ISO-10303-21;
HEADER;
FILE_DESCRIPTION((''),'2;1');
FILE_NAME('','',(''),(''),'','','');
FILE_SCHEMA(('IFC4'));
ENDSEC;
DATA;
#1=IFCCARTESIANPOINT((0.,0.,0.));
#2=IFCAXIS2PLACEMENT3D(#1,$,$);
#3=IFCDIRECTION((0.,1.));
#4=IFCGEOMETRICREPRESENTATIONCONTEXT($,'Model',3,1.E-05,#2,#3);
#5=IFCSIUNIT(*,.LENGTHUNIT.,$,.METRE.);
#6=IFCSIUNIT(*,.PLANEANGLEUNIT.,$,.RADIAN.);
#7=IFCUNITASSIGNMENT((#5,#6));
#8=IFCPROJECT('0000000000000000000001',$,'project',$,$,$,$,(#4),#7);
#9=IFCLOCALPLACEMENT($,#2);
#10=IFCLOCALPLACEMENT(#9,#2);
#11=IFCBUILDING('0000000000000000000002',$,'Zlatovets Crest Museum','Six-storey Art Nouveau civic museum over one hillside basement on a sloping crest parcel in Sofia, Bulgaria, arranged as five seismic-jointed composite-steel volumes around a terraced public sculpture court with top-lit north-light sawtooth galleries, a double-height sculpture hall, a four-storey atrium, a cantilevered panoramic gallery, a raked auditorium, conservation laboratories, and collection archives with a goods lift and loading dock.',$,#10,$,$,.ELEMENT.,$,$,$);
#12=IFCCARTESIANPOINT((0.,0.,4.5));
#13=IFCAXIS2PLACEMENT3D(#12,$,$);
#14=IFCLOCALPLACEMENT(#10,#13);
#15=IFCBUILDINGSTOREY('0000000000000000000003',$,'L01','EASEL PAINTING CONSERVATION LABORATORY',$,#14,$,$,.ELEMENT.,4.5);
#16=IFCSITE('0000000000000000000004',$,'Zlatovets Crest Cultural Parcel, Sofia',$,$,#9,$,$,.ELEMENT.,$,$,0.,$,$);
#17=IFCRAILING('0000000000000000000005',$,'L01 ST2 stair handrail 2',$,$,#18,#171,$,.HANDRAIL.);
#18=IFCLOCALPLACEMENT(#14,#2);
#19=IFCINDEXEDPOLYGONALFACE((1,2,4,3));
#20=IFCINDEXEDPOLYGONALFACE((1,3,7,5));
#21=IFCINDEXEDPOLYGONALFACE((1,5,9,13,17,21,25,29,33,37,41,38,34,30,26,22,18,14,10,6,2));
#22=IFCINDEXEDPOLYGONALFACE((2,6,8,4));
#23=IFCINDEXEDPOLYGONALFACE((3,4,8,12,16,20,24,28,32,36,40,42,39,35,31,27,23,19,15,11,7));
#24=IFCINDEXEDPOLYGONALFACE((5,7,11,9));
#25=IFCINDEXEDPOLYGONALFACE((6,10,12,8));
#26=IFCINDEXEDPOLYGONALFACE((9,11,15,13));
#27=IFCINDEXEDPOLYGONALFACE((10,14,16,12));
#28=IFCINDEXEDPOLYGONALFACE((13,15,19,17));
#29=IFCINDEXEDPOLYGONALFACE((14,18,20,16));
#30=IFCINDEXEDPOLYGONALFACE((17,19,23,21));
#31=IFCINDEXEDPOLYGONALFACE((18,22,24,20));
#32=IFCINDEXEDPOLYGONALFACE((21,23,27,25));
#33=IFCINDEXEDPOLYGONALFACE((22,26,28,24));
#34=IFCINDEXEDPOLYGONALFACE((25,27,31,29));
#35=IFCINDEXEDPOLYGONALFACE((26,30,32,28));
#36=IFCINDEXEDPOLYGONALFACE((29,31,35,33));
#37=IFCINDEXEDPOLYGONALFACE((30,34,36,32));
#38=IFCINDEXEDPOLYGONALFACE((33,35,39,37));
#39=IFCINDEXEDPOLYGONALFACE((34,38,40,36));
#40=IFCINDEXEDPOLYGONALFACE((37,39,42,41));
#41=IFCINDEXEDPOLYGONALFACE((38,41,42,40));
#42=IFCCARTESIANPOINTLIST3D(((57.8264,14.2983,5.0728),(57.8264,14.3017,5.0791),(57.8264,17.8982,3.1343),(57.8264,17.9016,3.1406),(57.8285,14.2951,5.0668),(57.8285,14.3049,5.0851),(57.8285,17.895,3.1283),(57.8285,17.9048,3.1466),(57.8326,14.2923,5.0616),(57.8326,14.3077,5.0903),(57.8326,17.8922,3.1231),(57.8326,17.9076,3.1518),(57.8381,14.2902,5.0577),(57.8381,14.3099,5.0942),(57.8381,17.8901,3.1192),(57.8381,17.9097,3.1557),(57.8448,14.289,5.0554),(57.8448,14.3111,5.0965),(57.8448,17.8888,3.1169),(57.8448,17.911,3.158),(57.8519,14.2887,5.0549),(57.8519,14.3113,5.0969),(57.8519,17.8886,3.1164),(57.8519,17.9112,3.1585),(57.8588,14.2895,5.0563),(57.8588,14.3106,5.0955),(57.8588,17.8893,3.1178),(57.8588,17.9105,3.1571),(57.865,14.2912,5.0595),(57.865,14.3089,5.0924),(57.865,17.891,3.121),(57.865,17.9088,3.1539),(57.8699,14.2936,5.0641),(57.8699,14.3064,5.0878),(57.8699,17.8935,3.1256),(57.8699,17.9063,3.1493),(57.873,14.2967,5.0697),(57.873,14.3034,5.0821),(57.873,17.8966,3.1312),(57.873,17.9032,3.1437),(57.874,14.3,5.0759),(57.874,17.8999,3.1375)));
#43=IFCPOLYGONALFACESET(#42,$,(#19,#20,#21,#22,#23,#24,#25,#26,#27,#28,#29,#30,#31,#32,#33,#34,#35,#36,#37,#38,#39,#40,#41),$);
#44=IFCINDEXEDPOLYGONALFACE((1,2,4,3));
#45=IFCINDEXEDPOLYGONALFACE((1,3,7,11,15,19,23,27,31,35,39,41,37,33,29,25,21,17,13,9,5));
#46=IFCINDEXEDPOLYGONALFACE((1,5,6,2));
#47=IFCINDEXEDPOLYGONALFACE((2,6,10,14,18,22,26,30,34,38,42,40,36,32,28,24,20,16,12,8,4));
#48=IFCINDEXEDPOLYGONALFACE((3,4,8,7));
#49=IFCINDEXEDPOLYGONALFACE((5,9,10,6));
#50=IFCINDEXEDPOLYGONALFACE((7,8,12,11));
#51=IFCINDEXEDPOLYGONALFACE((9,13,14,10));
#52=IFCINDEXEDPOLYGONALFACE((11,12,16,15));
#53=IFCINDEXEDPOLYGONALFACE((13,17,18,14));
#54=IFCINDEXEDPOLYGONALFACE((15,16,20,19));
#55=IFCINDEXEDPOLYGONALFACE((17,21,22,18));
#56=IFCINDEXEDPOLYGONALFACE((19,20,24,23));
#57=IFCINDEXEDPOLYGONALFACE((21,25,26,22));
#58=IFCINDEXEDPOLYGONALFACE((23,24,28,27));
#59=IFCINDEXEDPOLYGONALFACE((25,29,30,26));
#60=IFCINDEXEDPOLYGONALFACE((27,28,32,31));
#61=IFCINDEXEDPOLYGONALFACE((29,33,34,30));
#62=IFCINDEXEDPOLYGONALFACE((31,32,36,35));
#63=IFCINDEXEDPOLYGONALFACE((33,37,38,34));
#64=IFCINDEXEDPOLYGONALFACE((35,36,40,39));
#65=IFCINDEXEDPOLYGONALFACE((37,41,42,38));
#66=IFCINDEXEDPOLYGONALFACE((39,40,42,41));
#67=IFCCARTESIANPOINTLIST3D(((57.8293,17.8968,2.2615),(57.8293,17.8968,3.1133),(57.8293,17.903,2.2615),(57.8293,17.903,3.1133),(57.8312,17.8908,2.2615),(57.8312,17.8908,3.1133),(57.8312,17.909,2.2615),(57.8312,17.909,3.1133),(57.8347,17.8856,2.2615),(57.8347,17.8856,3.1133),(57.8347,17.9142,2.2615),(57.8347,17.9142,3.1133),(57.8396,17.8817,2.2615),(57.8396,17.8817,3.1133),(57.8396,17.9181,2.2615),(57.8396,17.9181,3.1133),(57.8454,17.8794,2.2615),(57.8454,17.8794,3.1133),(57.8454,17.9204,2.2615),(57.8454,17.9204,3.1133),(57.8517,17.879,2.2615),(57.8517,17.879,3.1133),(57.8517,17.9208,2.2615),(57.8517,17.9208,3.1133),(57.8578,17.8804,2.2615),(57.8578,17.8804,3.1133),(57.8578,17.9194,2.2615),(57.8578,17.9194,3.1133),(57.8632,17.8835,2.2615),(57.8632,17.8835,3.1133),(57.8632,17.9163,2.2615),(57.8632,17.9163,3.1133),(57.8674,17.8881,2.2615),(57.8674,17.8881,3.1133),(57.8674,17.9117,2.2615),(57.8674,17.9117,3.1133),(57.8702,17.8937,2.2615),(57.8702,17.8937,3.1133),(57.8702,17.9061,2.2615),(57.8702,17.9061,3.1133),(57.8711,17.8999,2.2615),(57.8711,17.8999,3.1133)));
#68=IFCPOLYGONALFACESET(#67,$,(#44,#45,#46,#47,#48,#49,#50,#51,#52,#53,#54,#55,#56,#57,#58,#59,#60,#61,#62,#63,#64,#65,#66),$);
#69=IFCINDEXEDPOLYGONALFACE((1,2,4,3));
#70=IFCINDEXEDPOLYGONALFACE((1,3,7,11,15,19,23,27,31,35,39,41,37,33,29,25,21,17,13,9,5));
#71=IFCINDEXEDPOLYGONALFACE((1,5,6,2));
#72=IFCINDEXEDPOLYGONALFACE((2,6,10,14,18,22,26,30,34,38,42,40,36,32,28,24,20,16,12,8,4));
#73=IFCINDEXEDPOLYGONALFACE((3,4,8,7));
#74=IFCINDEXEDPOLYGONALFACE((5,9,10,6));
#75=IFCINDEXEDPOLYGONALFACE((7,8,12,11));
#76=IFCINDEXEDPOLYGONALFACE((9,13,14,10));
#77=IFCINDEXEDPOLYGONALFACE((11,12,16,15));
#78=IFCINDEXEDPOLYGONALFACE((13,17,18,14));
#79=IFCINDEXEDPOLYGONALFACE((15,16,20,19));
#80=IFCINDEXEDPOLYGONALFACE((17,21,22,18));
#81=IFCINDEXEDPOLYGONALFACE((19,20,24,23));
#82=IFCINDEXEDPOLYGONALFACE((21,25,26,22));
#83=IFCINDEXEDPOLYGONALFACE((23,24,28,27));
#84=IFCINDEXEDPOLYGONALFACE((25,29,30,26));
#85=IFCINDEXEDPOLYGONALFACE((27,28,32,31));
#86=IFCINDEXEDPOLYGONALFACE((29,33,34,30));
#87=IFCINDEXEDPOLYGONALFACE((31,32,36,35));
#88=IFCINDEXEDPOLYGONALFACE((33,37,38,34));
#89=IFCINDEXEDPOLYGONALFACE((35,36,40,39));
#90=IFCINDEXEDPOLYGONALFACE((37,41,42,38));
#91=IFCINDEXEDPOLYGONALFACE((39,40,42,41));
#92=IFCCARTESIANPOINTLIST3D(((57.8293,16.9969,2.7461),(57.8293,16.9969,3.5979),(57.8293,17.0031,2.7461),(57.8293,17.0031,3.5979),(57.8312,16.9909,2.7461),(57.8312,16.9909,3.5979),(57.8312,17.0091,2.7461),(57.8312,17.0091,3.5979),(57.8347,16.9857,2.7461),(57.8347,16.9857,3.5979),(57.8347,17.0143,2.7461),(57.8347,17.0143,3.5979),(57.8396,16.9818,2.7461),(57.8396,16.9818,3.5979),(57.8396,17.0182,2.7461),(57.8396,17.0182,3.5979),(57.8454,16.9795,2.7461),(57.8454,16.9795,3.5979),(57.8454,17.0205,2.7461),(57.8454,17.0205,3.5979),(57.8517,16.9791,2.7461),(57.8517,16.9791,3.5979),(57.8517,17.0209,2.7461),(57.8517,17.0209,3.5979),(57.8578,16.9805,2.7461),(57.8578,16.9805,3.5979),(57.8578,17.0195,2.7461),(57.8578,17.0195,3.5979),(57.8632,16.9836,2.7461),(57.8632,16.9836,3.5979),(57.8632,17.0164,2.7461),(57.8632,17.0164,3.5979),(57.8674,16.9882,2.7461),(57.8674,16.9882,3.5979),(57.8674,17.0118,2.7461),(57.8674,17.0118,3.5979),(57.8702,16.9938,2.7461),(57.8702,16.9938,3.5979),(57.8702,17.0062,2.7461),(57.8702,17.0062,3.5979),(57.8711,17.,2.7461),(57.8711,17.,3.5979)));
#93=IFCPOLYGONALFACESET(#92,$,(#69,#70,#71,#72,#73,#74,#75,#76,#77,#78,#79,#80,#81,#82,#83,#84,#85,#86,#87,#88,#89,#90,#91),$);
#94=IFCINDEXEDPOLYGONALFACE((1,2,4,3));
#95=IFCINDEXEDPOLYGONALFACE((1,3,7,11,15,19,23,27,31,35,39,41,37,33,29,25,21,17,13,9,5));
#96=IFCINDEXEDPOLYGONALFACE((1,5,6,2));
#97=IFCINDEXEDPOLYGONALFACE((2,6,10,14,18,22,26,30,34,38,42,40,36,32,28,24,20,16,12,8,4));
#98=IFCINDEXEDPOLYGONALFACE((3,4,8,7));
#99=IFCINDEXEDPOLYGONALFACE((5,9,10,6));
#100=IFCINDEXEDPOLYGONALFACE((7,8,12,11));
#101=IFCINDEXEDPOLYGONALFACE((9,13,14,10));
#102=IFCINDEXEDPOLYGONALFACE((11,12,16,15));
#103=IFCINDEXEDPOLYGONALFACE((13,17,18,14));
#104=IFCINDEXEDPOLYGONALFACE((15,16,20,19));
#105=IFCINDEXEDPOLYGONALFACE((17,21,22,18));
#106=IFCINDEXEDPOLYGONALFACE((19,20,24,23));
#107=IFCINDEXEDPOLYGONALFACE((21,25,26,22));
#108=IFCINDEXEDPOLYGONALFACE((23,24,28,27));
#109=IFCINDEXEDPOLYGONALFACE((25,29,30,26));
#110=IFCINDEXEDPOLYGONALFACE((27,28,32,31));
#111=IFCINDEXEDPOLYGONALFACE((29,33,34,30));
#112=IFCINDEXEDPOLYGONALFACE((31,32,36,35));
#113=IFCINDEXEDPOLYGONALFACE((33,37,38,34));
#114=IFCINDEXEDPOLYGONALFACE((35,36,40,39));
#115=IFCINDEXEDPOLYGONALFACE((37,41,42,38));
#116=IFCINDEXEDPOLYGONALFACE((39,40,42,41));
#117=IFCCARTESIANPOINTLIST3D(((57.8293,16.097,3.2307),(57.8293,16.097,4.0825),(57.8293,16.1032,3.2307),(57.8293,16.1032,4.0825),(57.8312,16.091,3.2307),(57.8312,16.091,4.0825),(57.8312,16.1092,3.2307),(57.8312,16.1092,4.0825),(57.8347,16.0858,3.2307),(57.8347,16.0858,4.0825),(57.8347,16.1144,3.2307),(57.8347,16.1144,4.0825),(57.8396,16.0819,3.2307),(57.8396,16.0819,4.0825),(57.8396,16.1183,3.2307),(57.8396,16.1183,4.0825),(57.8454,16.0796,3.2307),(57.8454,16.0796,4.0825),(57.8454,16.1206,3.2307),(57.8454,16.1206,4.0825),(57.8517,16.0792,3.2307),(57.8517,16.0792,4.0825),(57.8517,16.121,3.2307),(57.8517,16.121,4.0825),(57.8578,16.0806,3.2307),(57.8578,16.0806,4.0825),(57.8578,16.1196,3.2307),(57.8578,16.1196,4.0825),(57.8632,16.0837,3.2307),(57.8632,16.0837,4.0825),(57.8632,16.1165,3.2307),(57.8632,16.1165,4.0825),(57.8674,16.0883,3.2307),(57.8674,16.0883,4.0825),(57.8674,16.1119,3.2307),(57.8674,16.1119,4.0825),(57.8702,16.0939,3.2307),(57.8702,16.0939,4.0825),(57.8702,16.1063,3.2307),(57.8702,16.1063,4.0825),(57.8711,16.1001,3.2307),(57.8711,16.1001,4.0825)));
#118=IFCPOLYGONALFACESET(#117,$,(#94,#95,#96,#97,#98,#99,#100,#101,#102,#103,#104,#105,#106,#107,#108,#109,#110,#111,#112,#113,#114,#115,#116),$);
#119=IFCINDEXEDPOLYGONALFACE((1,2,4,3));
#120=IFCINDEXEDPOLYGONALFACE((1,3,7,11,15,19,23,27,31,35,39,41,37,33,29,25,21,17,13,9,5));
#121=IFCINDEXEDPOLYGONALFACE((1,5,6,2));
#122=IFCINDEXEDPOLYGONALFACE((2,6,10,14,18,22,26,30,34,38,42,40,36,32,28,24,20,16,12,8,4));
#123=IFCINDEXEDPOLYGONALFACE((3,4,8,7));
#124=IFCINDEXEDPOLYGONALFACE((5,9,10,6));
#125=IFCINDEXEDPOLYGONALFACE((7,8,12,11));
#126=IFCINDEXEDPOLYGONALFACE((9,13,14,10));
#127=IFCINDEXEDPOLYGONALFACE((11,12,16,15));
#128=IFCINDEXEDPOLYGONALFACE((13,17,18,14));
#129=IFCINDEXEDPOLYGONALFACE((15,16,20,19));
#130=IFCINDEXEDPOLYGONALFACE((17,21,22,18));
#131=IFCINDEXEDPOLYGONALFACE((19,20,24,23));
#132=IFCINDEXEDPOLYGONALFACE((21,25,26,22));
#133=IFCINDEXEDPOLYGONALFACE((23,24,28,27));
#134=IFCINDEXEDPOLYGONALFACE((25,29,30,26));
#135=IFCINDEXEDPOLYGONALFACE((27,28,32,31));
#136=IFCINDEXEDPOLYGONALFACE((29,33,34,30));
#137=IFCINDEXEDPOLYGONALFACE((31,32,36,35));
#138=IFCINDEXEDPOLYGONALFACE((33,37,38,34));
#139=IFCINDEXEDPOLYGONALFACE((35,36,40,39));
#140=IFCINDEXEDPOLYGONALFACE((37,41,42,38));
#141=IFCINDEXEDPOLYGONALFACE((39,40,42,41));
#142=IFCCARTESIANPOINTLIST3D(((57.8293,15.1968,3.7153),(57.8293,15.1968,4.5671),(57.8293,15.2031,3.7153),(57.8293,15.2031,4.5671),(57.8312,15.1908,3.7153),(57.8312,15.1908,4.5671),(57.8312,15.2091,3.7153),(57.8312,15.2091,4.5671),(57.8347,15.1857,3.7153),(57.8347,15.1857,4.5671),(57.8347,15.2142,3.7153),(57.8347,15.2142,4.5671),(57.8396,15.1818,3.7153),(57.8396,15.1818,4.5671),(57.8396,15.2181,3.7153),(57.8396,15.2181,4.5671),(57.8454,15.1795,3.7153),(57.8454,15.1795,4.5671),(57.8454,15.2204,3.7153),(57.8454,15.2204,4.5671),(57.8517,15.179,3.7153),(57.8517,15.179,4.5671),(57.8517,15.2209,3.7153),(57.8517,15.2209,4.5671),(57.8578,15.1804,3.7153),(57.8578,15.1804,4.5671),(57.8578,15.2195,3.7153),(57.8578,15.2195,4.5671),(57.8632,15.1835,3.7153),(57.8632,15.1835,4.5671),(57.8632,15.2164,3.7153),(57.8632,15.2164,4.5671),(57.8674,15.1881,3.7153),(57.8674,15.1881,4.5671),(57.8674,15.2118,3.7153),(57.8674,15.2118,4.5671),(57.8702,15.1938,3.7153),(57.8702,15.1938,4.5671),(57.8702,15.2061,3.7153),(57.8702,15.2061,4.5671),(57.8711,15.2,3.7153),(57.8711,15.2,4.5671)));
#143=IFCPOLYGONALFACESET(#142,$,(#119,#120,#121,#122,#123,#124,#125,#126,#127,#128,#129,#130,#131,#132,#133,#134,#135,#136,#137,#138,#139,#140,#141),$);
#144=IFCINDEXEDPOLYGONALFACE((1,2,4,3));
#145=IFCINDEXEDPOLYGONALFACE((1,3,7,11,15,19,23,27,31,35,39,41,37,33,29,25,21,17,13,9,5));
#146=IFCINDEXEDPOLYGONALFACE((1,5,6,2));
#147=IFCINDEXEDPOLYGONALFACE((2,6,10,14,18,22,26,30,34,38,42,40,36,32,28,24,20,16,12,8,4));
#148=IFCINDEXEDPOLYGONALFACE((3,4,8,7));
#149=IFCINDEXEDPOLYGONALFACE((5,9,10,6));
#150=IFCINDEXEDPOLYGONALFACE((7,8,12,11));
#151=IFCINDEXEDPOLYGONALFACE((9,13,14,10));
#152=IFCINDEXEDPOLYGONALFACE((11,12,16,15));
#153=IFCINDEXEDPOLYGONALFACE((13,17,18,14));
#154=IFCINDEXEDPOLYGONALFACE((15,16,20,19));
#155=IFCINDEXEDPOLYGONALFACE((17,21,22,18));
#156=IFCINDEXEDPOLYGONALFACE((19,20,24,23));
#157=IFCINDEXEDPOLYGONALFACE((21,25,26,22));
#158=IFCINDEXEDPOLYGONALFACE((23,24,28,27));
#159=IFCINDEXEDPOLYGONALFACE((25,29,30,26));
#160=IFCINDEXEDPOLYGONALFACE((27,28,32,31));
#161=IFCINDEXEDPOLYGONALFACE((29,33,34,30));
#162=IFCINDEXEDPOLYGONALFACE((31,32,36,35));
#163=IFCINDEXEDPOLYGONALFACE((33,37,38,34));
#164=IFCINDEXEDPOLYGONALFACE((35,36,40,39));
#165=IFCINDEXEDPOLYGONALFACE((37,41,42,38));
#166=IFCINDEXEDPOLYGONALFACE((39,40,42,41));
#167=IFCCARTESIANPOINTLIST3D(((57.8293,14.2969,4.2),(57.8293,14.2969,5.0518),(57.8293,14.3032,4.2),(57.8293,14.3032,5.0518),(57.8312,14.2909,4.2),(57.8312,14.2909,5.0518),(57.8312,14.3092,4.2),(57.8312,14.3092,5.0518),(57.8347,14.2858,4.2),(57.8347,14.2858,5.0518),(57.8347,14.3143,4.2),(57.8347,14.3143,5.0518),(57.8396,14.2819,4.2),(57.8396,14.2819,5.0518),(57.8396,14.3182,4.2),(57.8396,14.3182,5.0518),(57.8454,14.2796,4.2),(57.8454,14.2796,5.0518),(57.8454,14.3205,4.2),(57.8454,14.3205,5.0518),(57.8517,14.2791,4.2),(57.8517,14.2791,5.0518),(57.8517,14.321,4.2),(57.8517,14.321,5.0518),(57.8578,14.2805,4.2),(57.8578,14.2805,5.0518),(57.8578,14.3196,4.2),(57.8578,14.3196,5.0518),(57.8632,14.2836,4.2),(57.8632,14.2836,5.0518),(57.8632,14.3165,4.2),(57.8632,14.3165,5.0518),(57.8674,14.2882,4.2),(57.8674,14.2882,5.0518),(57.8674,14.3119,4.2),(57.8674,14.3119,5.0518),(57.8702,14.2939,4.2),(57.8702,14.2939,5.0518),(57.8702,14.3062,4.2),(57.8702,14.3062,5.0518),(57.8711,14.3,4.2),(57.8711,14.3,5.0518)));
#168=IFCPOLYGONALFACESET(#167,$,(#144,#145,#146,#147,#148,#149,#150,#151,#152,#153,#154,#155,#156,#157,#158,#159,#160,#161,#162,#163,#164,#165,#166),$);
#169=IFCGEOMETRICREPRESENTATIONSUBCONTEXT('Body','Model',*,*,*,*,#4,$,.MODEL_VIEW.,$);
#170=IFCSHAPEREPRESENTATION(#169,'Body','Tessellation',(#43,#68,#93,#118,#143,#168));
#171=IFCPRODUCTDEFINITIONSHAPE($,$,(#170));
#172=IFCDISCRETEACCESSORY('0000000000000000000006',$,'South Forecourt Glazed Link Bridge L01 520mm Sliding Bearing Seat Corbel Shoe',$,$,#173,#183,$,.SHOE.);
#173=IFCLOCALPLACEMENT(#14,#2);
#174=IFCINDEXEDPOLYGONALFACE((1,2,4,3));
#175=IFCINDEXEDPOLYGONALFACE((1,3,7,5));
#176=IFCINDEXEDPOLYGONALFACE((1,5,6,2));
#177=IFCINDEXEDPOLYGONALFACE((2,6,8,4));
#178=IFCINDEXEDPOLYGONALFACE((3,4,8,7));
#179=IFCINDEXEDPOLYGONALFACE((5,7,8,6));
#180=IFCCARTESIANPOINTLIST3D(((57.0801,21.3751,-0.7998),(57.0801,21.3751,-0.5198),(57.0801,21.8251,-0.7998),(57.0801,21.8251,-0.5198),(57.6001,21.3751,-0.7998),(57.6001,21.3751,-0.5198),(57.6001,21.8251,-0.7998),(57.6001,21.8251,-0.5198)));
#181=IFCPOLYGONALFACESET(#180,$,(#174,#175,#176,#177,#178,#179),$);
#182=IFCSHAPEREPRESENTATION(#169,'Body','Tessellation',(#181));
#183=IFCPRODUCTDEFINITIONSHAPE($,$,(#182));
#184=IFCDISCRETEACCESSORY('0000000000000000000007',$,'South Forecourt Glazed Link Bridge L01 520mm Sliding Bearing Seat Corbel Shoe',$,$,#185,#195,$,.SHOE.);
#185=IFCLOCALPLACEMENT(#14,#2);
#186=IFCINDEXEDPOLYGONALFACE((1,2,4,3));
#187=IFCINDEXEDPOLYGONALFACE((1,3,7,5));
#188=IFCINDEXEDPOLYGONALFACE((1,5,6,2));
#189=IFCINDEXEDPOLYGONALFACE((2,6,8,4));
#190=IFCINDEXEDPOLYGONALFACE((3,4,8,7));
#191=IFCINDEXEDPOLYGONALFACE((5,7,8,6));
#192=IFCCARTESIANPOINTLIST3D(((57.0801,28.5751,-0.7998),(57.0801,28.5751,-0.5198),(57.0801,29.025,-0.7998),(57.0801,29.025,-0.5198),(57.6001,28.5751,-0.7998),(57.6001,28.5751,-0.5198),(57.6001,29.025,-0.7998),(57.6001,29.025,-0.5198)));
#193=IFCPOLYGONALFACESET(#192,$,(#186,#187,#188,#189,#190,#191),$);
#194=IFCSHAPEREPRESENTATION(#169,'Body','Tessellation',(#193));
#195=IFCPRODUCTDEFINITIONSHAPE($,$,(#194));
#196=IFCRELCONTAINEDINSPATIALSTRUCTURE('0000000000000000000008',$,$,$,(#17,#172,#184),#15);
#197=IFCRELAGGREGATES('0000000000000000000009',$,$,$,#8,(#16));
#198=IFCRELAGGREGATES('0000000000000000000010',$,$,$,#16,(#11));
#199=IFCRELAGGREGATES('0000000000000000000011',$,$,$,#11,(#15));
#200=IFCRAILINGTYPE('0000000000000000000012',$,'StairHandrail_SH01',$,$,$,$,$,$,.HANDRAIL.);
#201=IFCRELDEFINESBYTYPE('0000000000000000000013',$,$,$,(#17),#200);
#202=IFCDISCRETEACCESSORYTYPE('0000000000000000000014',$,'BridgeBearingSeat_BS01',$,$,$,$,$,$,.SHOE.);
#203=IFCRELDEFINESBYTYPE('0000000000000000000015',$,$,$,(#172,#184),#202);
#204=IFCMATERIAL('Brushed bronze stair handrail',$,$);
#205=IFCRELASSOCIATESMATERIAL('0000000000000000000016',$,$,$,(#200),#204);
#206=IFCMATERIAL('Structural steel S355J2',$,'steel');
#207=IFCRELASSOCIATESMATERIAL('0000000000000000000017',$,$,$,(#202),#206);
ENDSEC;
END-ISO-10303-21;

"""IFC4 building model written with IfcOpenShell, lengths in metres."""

from ifc_helpers import new_model, si_unit, direction, frame, origin, origin_2d, place, context, subcontext, project, spatial, rectangle, circle, extrude, material, type_object, element, save


model = new_model("IFC4")

# Units and contexts
model_context = context("Model", 3, precision=1e-05, world=origin(), true_north=direction((0.0, 1.0)))
body_context = subcontext(model_context, "Body", "Model", "MODEL_VIEW")
ifc_project = project(units=[si_unit("LENGTHUNIT", "METRE"), si_unit("PLANEANGLEUNIT", "RADIAN")], contexts=[model_context])

# Site, building, storey
site_placement = place(None, origin())
site = spatial("IfcSite", under=ifc_project, at=site_placement, Name="Zlatovets Crest Cultural Parcel, Sofia", CompositionType="ELEMENT", RefElevation=0.0)
building_placement = place(site_placement, origin())
building = spatial("IfcBuilding", under=site, at=building_placement, Name="Zlatovets Crest Museum", Description="Six-storey Art Nouveau civic museum over one hillside basement on a sloping crest parcel in Sofia, Bulgaria, arranged as five seismic-jointed composite-steel volumes around a terraced public sculpture court with top-lit north-light sawtooth galleries, a double-height sculpture hall, a four-storey atrium, a cantilevered panoramic gallery, a raked auditorium, conservation laboratories, and collection archives with a goods lift and loading dock.", CompositionType="ELEMENT")
storey_placement = place(building_placement, frame((0.0, 0.0, 4.5)))
storey = spatial("IfcBuildingStorey", under=building, at=storey_placement, Name="L01", Description="EASEL PAINTING CONSERVATION LABORATORY", CompositionType="ELEMENT", Elevation=4.5)

# Shared definitions
ifc_material_1 = material(Name="Structural steel S355J2", Category="steel")

# Railing
ifc_material_2 = material(Name="Brushed bronze stair handrail")
railing_type_1 = type_object("IfcRailingType", Name="StairHandrail_SH01", PredefinedType="HANDRAIL", material=ifc_material_2)
railing_1_placement = place(storey_placement, frame((57.8501, 17.8999, 2.2615)))
element("IfcRailing", 1, at=railing_1_placement, inside=storey, type_object=railing_type_1, Name="L01 ST2 stair handrail 2", PredefinedType="HANDRAIL", context=body_context, shape_type="SweptSolid", body=[
    extrude(circle(Radius=0.0239, at=origin_2d()), frame((0.0, 0.0, 0.876), z_axis=(0.0, -0.880462, 0.474118), x_axis=(1.0, 0.0, 0.0)), (0.0, 0.0, 1.0), 4.0886),
    extrude(circle(Radius=0.021, at=origin_2d()), origin(), (0.0, 0.0, 1.0), 0.8518),
    extrude(circle(Radius=0.021, at=origin_2d()), frame((0.0, -0.8999, 0.4846)), (0.0, 0.0, 1.0), 0.8518),
    extrude(circle(Radius=0.021, at=origin_2d()), frame((0.0, -1.7998, 0.9692)), (0.0, 0.0, 1.0), 0.8518),
    extrude(circle(Radius=0.021, at=origin_2d()), frame((0.0, -2.7, 1.4539)), (0.0, 0.0, 1.0), 0.8518),
    extrude(circle(Radius=0.021, at=origin_2d()), frame((0.0, -3.5999, 1.9385)), (0.0, 0.0, 1.0), 0.8518),
])

# Discrete accessories
discrete_accessory_type = type_object("IfcDiscreteAccessoryType", Name="BridgeBearingSeat_BS01", PredefinedType="SHOE", material=ifc_material_1)
for number, where, z_axis, x_axis, name in (
    (2, (57.3401, 21.6001, -0.7998), (0.0, 0.0, 1.0), (1.0, 0.0, 0.0), "South Forecourt Glazed Link Bridge L01 520mm Sliding Bearing Seat Corbel Shoe"),
    (3, (57.3401, 28.8, -0.7998), (0.0, 0.0, 1.0), (1.0, 0.0, 0.0), "South Forecourt Glazed Link Bridge L01 520mm Sliding Bearing Seat Corbel Shoe"),
):
    element("IfcDiscreteAccessory", number, at=place(storey_placement, frame(where, z_axis=z_axis, x_axis=x_axis)), inside=storey, type_object=discrete_accessory_type, Name=name, PredefinedType="SHOE", context=body_context, shape_type="SweptSolid", body=[
        extrude(rectangle(XDim=0.52, YDim=0.45, at=origin_2d()), origin(), (0.0, 0.0, 1.0), 0.28),
    ])

save(model, "model.ifc")
